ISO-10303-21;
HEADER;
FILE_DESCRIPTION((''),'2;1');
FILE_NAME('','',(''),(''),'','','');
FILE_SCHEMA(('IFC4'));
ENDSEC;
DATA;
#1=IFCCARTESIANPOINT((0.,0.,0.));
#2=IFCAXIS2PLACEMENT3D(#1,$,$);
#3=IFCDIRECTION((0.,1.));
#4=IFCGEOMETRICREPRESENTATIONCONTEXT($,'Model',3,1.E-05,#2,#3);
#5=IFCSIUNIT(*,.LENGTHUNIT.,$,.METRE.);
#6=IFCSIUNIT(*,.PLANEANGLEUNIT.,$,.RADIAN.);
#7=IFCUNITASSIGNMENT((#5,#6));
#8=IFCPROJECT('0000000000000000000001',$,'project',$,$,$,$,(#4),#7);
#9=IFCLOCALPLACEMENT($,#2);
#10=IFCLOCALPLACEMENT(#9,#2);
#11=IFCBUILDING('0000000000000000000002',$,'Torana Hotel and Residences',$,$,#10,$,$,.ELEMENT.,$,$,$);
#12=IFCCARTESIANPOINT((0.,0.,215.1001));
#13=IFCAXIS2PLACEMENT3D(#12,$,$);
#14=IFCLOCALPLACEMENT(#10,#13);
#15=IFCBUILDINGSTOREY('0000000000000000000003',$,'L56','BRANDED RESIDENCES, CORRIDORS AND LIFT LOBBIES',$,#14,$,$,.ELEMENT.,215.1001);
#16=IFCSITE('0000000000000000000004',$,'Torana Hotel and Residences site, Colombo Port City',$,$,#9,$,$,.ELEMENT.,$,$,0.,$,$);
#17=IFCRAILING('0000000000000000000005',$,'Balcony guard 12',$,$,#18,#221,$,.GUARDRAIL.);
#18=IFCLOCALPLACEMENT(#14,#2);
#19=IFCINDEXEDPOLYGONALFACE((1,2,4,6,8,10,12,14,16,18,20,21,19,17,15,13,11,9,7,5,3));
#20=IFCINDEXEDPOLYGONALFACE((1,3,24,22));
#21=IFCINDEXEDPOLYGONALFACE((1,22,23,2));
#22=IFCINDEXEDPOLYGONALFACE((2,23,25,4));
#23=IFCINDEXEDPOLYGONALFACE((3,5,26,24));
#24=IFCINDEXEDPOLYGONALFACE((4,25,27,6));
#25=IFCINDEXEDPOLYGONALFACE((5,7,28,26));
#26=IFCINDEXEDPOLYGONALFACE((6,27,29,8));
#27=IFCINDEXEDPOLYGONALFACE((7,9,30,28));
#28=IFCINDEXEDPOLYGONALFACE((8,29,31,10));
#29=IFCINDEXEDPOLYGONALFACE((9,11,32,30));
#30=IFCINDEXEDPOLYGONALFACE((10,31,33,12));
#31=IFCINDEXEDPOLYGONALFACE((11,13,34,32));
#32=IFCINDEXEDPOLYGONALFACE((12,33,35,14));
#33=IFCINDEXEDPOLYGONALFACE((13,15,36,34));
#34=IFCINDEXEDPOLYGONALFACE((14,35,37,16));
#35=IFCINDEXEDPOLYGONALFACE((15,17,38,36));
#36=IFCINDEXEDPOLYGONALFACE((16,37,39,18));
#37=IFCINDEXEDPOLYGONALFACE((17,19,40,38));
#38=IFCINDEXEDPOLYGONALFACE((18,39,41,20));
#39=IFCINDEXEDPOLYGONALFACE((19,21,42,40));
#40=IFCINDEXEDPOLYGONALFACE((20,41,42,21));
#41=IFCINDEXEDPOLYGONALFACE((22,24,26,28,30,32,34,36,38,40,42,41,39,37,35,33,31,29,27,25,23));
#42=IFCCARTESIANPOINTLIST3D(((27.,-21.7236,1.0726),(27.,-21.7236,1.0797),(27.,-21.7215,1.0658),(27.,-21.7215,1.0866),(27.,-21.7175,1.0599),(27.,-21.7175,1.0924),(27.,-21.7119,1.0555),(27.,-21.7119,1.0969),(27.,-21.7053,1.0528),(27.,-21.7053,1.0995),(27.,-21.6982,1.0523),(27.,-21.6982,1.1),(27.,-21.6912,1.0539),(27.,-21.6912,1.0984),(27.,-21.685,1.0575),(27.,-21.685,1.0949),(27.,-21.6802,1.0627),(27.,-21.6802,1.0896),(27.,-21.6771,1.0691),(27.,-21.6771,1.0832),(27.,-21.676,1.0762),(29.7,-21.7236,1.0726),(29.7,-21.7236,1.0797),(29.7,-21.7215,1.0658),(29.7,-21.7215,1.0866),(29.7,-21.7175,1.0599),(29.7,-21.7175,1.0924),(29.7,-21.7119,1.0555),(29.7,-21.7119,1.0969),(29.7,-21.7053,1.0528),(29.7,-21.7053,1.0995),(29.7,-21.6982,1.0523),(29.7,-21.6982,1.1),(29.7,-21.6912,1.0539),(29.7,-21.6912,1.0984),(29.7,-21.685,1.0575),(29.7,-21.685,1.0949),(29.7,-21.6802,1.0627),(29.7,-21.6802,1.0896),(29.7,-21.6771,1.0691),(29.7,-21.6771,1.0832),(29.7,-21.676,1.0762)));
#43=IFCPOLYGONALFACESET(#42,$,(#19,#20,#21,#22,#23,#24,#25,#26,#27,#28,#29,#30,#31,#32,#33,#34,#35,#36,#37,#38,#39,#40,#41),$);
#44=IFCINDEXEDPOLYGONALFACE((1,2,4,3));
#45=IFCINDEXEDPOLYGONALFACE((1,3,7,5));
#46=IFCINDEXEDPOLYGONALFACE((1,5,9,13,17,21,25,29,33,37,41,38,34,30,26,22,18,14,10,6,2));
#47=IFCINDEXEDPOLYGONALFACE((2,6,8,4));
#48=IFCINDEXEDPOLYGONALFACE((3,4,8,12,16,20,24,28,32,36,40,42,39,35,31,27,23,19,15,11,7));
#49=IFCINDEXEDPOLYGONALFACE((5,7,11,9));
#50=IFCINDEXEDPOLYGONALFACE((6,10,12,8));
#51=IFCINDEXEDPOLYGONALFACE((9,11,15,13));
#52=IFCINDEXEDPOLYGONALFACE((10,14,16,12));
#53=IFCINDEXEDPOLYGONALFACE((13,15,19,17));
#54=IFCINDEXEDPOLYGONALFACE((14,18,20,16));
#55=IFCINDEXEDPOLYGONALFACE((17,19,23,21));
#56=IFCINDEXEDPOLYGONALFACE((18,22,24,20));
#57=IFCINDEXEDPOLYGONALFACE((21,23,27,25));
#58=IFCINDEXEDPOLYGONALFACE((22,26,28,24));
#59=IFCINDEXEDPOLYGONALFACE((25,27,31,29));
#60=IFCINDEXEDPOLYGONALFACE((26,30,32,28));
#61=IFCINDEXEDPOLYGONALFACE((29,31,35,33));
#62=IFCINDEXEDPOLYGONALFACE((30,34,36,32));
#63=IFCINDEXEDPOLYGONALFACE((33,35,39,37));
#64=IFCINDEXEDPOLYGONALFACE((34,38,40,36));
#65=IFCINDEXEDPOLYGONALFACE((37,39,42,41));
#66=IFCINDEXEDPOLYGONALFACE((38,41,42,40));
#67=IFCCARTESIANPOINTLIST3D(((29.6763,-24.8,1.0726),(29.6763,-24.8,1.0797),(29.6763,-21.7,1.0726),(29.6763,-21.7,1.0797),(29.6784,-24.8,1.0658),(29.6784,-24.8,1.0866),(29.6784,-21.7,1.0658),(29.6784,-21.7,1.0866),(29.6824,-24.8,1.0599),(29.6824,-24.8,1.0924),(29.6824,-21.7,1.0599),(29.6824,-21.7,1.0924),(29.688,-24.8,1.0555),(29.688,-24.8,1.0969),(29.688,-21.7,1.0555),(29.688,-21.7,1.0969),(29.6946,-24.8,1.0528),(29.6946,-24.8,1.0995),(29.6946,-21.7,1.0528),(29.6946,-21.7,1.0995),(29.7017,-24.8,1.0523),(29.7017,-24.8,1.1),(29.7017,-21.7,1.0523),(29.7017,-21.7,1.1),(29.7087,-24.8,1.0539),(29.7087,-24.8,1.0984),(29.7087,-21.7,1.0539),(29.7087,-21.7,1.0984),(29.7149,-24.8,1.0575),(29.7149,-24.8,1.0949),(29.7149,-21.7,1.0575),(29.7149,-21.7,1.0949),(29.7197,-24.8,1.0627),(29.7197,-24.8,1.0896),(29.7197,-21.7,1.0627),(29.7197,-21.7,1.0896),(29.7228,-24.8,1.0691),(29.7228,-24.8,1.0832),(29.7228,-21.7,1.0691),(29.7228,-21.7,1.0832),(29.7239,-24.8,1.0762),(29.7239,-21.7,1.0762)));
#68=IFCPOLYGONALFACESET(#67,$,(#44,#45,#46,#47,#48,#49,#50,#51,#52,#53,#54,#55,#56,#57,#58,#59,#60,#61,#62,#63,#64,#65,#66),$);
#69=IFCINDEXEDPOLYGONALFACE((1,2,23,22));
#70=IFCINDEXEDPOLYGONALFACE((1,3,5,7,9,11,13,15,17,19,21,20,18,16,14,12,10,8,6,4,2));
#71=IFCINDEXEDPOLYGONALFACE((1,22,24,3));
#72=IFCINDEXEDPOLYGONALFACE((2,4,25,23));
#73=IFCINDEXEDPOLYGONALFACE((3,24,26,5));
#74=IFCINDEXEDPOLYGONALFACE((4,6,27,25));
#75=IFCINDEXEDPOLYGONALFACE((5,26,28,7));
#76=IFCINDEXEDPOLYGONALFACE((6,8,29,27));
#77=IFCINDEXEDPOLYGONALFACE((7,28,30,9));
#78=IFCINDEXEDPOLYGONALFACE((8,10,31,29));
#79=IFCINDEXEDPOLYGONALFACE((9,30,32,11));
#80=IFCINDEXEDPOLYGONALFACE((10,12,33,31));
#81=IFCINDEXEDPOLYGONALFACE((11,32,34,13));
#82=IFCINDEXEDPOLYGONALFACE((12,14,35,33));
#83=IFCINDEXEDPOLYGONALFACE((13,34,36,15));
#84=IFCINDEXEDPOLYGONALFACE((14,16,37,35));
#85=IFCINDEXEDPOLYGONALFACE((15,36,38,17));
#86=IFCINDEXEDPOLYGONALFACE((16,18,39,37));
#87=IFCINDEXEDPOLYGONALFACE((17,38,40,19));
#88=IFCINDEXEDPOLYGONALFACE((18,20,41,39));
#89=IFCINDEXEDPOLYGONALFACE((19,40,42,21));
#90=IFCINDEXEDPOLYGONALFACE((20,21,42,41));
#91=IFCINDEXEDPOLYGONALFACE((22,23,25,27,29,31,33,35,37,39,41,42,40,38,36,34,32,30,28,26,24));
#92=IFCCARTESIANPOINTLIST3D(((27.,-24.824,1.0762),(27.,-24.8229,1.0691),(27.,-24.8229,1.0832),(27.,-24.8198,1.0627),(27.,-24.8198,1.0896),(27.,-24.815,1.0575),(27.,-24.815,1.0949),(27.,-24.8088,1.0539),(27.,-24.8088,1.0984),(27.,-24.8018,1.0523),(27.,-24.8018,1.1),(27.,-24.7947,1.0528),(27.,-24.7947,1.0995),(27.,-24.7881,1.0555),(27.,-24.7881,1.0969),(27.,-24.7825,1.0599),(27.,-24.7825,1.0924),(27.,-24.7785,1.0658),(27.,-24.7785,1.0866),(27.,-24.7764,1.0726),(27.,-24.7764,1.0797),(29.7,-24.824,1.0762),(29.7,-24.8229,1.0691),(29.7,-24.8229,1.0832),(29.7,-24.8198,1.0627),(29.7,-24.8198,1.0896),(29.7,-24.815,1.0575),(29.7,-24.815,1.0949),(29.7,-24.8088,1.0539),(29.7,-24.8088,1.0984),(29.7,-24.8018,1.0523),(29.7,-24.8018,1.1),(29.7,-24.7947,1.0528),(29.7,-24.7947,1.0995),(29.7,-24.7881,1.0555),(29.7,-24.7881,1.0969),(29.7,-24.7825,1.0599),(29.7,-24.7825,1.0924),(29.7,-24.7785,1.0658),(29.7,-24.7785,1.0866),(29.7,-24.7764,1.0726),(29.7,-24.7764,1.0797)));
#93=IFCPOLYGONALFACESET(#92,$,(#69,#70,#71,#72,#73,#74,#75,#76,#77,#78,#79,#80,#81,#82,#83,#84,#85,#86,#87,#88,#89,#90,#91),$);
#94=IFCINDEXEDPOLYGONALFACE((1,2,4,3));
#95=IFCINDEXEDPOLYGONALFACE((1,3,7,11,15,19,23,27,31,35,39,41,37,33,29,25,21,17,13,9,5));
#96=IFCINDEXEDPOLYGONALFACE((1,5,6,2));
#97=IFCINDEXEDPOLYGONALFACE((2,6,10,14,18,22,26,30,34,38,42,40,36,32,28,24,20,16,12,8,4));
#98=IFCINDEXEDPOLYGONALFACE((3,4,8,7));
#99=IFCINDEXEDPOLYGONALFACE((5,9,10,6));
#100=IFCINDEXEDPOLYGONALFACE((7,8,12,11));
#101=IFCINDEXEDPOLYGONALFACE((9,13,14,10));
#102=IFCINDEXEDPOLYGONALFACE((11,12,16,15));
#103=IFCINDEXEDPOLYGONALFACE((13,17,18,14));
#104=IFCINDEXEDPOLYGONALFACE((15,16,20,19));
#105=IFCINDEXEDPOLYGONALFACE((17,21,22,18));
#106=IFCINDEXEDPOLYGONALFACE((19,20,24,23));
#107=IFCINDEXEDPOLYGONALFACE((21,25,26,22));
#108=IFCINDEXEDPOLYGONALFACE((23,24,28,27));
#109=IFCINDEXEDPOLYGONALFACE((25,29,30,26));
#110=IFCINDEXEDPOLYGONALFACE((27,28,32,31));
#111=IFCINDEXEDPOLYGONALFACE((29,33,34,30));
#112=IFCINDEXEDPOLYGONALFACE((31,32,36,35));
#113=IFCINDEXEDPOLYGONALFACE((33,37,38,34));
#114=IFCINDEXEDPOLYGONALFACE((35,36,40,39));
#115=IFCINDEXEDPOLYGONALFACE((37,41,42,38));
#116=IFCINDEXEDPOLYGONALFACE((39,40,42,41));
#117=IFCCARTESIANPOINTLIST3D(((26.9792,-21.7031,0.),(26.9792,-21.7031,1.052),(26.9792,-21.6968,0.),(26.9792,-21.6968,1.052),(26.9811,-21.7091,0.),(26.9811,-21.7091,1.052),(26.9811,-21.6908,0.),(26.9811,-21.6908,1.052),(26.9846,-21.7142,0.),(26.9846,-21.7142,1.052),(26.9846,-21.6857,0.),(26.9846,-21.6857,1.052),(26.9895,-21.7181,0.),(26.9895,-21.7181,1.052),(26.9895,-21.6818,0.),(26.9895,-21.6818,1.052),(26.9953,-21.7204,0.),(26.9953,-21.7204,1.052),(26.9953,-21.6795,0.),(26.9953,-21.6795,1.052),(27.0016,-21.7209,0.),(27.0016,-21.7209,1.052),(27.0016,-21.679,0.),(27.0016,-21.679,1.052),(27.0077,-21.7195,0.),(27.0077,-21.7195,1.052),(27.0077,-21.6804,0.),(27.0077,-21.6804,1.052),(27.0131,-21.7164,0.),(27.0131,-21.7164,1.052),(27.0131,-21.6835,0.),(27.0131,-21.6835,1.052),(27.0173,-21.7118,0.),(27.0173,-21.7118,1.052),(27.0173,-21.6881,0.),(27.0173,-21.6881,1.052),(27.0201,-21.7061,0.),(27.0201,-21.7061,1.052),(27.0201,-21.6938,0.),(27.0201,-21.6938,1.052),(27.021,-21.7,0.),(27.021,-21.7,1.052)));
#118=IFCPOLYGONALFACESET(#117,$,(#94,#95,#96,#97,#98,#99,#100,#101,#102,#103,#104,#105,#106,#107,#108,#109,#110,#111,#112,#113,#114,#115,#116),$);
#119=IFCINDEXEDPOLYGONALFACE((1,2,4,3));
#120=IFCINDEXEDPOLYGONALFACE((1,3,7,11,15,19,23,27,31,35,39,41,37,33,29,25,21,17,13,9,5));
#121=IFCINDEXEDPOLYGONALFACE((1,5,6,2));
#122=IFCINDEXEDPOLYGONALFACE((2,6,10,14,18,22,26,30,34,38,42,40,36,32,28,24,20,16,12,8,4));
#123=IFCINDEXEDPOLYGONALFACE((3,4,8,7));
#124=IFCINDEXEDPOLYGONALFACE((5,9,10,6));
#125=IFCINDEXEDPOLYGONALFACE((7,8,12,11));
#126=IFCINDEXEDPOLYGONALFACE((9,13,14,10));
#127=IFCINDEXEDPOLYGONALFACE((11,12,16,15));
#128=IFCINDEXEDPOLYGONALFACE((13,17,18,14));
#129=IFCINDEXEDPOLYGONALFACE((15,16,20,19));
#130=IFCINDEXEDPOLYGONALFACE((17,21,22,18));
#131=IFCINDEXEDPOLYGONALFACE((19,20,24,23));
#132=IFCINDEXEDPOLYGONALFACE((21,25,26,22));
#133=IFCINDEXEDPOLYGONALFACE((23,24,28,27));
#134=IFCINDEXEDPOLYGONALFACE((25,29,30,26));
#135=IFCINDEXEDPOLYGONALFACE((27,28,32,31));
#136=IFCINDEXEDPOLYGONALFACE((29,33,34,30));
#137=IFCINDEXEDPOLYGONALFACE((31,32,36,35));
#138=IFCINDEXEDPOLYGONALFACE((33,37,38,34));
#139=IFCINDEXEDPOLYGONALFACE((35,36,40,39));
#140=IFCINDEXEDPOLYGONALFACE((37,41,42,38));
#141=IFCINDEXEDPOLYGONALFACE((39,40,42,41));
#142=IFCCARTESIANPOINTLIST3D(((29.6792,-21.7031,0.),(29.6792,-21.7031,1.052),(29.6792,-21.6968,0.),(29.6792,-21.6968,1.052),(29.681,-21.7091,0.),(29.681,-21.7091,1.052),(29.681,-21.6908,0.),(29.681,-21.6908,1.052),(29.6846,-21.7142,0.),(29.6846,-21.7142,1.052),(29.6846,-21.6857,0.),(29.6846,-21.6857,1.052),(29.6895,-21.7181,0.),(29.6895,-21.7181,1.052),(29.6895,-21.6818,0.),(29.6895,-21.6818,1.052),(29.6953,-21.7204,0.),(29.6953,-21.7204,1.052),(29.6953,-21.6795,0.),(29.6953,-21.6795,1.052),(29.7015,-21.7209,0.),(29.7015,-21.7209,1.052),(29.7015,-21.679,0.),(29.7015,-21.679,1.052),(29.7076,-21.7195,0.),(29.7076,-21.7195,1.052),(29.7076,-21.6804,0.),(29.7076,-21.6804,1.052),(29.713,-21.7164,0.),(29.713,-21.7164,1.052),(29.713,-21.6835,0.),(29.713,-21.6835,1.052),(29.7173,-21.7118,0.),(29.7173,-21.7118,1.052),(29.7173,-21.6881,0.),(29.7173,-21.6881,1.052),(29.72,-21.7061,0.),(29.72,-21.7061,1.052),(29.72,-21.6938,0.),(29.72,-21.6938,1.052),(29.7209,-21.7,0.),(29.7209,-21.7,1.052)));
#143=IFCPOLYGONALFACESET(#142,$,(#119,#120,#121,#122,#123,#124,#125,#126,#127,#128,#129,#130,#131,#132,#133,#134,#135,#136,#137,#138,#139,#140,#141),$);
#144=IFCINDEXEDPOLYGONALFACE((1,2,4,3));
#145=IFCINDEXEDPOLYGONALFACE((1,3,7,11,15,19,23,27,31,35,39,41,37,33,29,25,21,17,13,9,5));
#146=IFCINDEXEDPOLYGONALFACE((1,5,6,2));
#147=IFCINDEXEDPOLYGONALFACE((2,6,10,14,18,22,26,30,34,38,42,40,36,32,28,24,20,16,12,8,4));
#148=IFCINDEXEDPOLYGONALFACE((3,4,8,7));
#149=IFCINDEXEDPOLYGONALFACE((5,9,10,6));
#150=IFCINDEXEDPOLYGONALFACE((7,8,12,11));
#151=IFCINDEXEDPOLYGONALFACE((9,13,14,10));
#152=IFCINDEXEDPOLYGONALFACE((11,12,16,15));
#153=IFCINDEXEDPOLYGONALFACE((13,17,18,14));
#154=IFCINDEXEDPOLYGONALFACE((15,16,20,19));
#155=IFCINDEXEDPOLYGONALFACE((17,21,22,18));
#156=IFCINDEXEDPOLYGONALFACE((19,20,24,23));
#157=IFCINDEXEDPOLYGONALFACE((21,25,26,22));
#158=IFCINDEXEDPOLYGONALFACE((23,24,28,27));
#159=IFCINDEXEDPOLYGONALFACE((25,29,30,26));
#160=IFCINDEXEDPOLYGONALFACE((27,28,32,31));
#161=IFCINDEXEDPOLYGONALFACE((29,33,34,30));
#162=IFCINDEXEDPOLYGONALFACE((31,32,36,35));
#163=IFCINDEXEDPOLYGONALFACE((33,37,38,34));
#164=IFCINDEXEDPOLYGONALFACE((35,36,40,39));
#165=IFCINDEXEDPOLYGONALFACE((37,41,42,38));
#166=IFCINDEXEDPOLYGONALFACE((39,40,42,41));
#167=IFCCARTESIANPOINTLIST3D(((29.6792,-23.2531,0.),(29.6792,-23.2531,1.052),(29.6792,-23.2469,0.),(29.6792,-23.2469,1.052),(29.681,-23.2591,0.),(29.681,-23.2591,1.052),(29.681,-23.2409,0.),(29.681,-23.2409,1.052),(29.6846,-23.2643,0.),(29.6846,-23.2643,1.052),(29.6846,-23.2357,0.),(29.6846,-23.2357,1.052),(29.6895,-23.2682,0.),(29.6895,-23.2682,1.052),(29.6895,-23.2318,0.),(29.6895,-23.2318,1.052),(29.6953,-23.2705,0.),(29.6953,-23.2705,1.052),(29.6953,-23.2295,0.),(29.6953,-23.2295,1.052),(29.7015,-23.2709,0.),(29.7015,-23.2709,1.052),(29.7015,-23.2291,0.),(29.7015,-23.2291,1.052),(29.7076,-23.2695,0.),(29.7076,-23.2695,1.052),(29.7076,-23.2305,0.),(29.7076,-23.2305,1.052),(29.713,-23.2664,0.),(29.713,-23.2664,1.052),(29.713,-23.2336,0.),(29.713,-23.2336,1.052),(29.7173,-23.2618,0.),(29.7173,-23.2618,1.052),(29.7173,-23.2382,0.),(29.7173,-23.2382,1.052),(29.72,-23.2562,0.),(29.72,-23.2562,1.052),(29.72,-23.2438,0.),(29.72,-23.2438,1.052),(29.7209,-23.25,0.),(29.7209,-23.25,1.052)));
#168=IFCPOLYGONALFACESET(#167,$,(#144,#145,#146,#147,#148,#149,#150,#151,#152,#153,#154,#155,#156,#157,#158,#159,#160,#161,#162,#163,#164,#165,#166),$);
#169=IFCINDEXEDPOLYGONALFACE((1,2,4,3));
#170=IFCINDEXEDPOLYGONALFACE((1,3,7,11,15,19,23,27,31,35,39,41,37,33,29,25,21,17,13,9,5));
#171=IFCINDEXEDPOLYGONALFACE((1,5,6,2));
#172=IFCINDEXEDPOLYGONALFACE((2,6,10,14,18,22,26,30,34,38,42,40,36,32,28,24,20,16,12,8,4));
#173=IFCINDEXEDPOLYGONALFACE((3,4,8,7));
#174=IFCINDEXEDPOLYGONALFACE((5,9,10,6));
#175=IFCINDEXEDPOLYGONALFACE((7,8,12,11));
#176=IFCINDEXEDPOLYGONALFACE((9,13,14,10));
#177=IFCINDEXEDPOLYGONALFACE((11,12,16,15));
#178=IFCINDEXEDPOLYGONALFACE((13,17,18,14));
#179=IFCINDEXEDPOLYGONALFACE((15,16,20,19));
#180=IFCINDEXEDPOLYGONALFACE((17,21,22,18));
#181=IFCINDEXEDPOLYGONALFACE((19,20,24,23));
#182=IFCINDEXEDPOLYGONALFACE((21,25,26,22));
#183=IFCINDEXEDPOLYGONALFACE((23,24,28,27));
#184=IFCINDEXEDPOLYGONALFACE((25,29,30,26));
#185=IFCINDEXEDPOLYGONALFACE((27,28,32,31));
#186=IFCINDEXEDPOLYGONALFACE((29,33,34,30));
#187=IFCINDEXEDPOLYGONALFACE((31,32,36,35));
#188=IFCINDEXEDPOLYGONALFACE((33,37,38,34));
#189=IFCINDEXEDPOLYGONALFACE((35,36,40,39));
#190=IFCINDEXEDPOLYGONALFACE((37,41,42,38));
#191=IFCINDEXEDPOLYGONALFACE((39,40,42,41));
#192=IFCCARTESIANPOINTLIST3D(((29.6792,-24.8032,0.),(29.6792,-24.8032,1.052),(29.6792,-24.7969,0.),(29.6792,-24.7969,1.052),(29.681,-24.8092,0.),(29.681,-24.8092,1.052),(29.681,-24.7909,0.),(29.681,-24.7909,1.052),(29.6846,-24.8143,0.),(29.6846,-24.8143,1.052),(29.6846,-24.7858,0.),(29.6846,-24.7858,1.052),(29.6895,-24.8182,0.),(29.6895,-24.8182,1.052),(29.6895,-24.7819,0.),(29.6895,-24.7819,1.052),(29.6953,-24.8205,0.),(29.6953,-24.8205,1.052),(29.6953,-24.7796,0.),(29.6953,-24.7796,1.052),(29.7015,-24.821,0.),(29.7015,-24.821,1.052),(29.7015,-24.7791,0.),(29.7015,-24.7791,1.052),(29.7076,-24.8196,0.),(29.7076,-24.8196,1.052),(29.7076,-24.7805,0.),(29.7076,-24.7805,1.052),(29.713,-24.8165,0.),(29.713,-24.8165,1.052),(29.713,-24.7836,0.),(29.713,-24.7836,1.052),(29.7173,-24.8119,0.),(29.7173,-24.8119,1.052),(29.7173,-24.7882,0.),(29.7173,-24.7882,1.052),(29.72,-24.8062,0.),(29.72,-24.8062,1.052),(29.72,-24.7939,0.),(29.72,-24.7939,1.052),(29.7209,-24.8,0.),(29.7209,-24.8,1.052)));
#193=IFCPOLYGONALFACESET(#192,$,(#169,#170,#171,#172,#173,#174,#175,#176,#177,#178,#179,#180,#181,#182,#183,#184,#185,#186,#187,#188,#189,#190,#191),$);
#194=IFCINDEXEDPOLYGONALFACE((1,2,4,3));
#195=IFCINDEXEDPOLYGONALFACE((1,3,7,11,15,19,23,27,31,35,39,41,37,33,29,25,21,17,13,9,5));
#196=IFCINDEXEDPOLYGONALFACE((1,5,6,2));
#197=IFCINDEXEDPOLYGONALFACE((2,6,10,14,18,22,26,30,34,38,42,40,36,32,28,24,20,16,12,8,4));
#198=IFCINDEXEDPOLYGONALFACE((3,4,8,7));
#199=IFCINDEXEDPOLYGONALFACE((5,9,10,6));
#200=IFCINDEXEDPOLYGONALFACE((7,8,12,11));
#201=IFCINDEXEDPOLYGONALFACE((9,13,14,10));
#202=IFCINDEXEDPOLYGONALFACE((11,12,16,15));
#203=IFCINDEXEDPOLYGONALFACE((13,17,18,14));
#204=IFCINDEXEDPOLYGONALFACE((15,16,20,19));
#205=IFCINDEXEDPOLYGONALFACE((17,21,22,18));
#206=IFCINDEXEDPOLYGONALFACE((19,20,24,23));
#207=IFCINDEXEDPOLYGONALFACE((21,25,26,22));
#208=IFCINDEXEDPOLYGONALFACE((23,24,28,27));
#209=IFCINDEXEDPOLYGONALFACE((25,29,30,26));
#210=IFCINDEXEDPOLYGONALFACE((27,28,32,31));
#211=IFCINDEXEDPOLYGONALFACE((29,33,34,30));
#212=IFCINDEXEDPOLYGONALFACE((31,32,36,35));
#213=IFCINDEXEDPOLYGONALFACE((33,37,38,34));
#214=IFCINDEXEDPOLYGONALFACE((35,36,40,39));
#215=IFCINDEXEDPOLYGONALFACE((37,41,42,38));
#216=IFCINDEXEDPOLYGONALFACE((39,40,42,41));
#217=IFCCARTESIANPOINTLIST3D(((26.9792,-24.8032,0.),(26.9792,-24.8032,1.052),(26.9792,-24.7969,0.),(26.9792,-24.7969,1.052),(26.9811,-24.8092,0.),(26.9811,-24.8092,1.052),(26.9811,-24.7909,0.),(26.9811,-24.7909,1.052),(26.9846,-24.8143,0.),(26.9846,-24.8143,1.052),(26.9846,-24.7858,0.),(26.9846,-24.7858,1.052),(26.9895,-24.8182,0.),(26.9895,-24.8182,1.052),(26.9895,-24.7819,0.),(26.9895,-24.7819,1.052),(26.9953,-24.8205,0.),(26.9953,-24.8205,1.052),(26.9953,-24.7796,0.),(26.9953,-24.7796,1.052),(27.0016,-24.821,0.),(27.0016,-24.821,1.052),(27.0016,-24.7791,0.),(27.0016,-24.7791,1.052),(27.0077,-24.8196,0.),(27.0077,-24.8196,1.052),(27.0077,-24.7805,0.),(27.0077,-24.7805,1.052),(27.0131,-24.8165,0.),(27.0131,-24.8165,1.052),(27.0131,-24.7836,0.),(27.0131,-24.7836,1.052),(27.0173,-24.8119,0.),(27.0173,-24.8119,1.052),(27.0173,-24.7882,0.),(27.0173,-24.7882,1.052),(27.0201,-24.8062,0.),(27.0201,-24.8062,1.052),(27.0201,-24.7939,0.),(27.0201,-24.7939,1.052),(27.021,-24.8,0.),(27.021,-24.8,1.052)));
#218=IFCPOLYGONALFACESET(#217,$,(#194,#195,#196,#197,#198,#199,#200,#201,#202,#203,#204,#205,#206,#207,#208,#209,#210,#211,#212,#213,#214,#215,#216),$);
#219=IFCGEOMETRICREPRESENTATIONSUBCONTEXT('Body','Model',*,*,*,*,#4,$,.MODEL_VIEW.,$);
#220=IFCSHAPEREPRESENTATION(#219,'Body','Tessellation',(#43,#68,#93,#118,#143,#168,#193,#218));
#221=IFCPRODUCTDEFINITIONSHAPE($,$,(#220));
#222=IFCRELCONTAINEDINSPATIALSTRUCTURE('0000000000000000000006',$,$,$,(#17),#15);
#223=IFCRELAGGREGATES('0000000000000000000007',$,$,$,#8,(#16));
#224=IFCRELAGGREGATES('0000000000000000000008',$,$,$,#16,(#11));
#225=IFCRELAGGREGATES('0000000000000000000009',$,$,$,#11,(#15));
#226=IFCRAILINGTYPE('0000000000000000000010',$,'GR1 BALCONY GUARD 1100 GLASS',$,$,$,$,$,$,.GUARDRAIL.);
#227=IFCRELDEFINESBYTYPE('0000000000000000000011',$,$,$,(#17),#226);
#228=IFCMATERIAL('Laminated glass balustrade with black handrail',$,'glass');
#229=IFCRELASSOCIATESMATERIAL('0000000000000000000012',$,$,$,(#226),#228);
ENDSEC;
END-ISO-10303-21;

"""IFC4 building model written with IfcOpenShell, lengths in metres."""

from ifc_helpers import new_model, si_unit, direction, frame, origin, origin_2d, place, context, subcontext, project, spatial, circle, extrude, material, type_object, element, save


model = new_model("IFC4")

# Units and contexts
model_context = context("Model", 3, precision=1e-05, world=origin(), true_north=direction((0.0, 1.0)))
body_context = subcontext(model_context, "Body", "Model", "MODEL_VIEW")
ifc_project = project(units=[si_unit("LENGTHUNIT", "METRE"), si_unit("PLANEANGLEUNIT", "RADIAN")], contexts=[model_context])

# Site, building, storey
site_placement = place(None, origin())
site = spatial("IfcSite", under=ifc_project, at=site_placement, Name="Torana Hotel and Residences site, Colombo Port City", CompositionType="ELEMENT", RefElevation=0.0)
building_placement = place(site_placement, origin())
building = spatial("IfcBuilding", under=site, at=building_placement, Name="Torana Hotel and Residences", CompositionType="ELEMENT")
storey_placement = place(building_placement, frame((0.0, 0.0, 215.1001)))
storey = spatial("IfcBuildingStorey", under=building, at=storey_placement, Name="L56", Description="BRANDED RESIDENCES, CORRIDORS AND LIFT LOBBIES", CompositionType="ELEMENT", Elevation=215.1001)

# Railing
ifc_material_1 = material(Name="Laminated glass balustrade with black handrail", Category="glass")
railing_type = type_object("IfcRailingType", Name="GR1 BALCONY GUARD 1100 GLASS", PredefinedType="GUARDRAIL", material=ifc_material_1)
railing_1_placement = place(storey_placement, frame((27.0, -21.7, 0.0)))
element("IfcRailing", 1, at=railing_1_placement, inside=storey, type_object=railing_type, Name="Balcony guard 12", PredefinedType="GUARDRAIL", context=body_context, shape_type="SweptSolid", body=[
    extrude(circle(Radius=0.0239, at=origin_2d()), frame((0.0, 0.0, 1.0762), z_axis=(1.0, 0.0, 0.0), x_axis=(0.0, 1.0, 0.0)), (0.0, 0.0, 1.0), 2.7),
    extrude(circle(Radius=0.0239, at=origin_2d()), frame((2.7, 0.0, 1.0762), z_axis=(0.0, -1.0, 0.0), x_axis=(1.0, 0.0, 0.0)), (0.0, 0.0, 1.0), 3.1001),
    extrude(circle(Radius=0.0239, at=origin_2d()), frame((2.7, -3.1001, 1.0762), z_axis=(-1.0, 0.0, 0.0), x_axis=(0.0, -1.0, 0.0)), (0.0, 0.0, 1.0), 2.7),
    extrude(circle(Radius=0.021, at=origin_2d()), origin(), (0.0, 0.0, 1.0), 1.052),
    extrude(circle(Radius=0.021, at=origin_2d()), frame((2.7, 0.0, 0.0)), (0.0, 0.0, 1.0), 1.052),
    extrude(circle(Radius=0.021, at=origin_2d()), frame((2.7, -1.55, 0.0)), (0.0, 0.0, 1.0), 1.052),
    extrude(circle(Radius=0.021, at=origin_2d()), frame((2.7, -3.1001, 0.0)), (0.0, 0.0, 1.0), 1.052),
    extrude(circle(Radius=0.021, at=origin_2d()), frame((0.0, -3.1001, 0.0)), (0.0, 0.0, 1.0), 1.052),
])

save(model, "model.ifc")
